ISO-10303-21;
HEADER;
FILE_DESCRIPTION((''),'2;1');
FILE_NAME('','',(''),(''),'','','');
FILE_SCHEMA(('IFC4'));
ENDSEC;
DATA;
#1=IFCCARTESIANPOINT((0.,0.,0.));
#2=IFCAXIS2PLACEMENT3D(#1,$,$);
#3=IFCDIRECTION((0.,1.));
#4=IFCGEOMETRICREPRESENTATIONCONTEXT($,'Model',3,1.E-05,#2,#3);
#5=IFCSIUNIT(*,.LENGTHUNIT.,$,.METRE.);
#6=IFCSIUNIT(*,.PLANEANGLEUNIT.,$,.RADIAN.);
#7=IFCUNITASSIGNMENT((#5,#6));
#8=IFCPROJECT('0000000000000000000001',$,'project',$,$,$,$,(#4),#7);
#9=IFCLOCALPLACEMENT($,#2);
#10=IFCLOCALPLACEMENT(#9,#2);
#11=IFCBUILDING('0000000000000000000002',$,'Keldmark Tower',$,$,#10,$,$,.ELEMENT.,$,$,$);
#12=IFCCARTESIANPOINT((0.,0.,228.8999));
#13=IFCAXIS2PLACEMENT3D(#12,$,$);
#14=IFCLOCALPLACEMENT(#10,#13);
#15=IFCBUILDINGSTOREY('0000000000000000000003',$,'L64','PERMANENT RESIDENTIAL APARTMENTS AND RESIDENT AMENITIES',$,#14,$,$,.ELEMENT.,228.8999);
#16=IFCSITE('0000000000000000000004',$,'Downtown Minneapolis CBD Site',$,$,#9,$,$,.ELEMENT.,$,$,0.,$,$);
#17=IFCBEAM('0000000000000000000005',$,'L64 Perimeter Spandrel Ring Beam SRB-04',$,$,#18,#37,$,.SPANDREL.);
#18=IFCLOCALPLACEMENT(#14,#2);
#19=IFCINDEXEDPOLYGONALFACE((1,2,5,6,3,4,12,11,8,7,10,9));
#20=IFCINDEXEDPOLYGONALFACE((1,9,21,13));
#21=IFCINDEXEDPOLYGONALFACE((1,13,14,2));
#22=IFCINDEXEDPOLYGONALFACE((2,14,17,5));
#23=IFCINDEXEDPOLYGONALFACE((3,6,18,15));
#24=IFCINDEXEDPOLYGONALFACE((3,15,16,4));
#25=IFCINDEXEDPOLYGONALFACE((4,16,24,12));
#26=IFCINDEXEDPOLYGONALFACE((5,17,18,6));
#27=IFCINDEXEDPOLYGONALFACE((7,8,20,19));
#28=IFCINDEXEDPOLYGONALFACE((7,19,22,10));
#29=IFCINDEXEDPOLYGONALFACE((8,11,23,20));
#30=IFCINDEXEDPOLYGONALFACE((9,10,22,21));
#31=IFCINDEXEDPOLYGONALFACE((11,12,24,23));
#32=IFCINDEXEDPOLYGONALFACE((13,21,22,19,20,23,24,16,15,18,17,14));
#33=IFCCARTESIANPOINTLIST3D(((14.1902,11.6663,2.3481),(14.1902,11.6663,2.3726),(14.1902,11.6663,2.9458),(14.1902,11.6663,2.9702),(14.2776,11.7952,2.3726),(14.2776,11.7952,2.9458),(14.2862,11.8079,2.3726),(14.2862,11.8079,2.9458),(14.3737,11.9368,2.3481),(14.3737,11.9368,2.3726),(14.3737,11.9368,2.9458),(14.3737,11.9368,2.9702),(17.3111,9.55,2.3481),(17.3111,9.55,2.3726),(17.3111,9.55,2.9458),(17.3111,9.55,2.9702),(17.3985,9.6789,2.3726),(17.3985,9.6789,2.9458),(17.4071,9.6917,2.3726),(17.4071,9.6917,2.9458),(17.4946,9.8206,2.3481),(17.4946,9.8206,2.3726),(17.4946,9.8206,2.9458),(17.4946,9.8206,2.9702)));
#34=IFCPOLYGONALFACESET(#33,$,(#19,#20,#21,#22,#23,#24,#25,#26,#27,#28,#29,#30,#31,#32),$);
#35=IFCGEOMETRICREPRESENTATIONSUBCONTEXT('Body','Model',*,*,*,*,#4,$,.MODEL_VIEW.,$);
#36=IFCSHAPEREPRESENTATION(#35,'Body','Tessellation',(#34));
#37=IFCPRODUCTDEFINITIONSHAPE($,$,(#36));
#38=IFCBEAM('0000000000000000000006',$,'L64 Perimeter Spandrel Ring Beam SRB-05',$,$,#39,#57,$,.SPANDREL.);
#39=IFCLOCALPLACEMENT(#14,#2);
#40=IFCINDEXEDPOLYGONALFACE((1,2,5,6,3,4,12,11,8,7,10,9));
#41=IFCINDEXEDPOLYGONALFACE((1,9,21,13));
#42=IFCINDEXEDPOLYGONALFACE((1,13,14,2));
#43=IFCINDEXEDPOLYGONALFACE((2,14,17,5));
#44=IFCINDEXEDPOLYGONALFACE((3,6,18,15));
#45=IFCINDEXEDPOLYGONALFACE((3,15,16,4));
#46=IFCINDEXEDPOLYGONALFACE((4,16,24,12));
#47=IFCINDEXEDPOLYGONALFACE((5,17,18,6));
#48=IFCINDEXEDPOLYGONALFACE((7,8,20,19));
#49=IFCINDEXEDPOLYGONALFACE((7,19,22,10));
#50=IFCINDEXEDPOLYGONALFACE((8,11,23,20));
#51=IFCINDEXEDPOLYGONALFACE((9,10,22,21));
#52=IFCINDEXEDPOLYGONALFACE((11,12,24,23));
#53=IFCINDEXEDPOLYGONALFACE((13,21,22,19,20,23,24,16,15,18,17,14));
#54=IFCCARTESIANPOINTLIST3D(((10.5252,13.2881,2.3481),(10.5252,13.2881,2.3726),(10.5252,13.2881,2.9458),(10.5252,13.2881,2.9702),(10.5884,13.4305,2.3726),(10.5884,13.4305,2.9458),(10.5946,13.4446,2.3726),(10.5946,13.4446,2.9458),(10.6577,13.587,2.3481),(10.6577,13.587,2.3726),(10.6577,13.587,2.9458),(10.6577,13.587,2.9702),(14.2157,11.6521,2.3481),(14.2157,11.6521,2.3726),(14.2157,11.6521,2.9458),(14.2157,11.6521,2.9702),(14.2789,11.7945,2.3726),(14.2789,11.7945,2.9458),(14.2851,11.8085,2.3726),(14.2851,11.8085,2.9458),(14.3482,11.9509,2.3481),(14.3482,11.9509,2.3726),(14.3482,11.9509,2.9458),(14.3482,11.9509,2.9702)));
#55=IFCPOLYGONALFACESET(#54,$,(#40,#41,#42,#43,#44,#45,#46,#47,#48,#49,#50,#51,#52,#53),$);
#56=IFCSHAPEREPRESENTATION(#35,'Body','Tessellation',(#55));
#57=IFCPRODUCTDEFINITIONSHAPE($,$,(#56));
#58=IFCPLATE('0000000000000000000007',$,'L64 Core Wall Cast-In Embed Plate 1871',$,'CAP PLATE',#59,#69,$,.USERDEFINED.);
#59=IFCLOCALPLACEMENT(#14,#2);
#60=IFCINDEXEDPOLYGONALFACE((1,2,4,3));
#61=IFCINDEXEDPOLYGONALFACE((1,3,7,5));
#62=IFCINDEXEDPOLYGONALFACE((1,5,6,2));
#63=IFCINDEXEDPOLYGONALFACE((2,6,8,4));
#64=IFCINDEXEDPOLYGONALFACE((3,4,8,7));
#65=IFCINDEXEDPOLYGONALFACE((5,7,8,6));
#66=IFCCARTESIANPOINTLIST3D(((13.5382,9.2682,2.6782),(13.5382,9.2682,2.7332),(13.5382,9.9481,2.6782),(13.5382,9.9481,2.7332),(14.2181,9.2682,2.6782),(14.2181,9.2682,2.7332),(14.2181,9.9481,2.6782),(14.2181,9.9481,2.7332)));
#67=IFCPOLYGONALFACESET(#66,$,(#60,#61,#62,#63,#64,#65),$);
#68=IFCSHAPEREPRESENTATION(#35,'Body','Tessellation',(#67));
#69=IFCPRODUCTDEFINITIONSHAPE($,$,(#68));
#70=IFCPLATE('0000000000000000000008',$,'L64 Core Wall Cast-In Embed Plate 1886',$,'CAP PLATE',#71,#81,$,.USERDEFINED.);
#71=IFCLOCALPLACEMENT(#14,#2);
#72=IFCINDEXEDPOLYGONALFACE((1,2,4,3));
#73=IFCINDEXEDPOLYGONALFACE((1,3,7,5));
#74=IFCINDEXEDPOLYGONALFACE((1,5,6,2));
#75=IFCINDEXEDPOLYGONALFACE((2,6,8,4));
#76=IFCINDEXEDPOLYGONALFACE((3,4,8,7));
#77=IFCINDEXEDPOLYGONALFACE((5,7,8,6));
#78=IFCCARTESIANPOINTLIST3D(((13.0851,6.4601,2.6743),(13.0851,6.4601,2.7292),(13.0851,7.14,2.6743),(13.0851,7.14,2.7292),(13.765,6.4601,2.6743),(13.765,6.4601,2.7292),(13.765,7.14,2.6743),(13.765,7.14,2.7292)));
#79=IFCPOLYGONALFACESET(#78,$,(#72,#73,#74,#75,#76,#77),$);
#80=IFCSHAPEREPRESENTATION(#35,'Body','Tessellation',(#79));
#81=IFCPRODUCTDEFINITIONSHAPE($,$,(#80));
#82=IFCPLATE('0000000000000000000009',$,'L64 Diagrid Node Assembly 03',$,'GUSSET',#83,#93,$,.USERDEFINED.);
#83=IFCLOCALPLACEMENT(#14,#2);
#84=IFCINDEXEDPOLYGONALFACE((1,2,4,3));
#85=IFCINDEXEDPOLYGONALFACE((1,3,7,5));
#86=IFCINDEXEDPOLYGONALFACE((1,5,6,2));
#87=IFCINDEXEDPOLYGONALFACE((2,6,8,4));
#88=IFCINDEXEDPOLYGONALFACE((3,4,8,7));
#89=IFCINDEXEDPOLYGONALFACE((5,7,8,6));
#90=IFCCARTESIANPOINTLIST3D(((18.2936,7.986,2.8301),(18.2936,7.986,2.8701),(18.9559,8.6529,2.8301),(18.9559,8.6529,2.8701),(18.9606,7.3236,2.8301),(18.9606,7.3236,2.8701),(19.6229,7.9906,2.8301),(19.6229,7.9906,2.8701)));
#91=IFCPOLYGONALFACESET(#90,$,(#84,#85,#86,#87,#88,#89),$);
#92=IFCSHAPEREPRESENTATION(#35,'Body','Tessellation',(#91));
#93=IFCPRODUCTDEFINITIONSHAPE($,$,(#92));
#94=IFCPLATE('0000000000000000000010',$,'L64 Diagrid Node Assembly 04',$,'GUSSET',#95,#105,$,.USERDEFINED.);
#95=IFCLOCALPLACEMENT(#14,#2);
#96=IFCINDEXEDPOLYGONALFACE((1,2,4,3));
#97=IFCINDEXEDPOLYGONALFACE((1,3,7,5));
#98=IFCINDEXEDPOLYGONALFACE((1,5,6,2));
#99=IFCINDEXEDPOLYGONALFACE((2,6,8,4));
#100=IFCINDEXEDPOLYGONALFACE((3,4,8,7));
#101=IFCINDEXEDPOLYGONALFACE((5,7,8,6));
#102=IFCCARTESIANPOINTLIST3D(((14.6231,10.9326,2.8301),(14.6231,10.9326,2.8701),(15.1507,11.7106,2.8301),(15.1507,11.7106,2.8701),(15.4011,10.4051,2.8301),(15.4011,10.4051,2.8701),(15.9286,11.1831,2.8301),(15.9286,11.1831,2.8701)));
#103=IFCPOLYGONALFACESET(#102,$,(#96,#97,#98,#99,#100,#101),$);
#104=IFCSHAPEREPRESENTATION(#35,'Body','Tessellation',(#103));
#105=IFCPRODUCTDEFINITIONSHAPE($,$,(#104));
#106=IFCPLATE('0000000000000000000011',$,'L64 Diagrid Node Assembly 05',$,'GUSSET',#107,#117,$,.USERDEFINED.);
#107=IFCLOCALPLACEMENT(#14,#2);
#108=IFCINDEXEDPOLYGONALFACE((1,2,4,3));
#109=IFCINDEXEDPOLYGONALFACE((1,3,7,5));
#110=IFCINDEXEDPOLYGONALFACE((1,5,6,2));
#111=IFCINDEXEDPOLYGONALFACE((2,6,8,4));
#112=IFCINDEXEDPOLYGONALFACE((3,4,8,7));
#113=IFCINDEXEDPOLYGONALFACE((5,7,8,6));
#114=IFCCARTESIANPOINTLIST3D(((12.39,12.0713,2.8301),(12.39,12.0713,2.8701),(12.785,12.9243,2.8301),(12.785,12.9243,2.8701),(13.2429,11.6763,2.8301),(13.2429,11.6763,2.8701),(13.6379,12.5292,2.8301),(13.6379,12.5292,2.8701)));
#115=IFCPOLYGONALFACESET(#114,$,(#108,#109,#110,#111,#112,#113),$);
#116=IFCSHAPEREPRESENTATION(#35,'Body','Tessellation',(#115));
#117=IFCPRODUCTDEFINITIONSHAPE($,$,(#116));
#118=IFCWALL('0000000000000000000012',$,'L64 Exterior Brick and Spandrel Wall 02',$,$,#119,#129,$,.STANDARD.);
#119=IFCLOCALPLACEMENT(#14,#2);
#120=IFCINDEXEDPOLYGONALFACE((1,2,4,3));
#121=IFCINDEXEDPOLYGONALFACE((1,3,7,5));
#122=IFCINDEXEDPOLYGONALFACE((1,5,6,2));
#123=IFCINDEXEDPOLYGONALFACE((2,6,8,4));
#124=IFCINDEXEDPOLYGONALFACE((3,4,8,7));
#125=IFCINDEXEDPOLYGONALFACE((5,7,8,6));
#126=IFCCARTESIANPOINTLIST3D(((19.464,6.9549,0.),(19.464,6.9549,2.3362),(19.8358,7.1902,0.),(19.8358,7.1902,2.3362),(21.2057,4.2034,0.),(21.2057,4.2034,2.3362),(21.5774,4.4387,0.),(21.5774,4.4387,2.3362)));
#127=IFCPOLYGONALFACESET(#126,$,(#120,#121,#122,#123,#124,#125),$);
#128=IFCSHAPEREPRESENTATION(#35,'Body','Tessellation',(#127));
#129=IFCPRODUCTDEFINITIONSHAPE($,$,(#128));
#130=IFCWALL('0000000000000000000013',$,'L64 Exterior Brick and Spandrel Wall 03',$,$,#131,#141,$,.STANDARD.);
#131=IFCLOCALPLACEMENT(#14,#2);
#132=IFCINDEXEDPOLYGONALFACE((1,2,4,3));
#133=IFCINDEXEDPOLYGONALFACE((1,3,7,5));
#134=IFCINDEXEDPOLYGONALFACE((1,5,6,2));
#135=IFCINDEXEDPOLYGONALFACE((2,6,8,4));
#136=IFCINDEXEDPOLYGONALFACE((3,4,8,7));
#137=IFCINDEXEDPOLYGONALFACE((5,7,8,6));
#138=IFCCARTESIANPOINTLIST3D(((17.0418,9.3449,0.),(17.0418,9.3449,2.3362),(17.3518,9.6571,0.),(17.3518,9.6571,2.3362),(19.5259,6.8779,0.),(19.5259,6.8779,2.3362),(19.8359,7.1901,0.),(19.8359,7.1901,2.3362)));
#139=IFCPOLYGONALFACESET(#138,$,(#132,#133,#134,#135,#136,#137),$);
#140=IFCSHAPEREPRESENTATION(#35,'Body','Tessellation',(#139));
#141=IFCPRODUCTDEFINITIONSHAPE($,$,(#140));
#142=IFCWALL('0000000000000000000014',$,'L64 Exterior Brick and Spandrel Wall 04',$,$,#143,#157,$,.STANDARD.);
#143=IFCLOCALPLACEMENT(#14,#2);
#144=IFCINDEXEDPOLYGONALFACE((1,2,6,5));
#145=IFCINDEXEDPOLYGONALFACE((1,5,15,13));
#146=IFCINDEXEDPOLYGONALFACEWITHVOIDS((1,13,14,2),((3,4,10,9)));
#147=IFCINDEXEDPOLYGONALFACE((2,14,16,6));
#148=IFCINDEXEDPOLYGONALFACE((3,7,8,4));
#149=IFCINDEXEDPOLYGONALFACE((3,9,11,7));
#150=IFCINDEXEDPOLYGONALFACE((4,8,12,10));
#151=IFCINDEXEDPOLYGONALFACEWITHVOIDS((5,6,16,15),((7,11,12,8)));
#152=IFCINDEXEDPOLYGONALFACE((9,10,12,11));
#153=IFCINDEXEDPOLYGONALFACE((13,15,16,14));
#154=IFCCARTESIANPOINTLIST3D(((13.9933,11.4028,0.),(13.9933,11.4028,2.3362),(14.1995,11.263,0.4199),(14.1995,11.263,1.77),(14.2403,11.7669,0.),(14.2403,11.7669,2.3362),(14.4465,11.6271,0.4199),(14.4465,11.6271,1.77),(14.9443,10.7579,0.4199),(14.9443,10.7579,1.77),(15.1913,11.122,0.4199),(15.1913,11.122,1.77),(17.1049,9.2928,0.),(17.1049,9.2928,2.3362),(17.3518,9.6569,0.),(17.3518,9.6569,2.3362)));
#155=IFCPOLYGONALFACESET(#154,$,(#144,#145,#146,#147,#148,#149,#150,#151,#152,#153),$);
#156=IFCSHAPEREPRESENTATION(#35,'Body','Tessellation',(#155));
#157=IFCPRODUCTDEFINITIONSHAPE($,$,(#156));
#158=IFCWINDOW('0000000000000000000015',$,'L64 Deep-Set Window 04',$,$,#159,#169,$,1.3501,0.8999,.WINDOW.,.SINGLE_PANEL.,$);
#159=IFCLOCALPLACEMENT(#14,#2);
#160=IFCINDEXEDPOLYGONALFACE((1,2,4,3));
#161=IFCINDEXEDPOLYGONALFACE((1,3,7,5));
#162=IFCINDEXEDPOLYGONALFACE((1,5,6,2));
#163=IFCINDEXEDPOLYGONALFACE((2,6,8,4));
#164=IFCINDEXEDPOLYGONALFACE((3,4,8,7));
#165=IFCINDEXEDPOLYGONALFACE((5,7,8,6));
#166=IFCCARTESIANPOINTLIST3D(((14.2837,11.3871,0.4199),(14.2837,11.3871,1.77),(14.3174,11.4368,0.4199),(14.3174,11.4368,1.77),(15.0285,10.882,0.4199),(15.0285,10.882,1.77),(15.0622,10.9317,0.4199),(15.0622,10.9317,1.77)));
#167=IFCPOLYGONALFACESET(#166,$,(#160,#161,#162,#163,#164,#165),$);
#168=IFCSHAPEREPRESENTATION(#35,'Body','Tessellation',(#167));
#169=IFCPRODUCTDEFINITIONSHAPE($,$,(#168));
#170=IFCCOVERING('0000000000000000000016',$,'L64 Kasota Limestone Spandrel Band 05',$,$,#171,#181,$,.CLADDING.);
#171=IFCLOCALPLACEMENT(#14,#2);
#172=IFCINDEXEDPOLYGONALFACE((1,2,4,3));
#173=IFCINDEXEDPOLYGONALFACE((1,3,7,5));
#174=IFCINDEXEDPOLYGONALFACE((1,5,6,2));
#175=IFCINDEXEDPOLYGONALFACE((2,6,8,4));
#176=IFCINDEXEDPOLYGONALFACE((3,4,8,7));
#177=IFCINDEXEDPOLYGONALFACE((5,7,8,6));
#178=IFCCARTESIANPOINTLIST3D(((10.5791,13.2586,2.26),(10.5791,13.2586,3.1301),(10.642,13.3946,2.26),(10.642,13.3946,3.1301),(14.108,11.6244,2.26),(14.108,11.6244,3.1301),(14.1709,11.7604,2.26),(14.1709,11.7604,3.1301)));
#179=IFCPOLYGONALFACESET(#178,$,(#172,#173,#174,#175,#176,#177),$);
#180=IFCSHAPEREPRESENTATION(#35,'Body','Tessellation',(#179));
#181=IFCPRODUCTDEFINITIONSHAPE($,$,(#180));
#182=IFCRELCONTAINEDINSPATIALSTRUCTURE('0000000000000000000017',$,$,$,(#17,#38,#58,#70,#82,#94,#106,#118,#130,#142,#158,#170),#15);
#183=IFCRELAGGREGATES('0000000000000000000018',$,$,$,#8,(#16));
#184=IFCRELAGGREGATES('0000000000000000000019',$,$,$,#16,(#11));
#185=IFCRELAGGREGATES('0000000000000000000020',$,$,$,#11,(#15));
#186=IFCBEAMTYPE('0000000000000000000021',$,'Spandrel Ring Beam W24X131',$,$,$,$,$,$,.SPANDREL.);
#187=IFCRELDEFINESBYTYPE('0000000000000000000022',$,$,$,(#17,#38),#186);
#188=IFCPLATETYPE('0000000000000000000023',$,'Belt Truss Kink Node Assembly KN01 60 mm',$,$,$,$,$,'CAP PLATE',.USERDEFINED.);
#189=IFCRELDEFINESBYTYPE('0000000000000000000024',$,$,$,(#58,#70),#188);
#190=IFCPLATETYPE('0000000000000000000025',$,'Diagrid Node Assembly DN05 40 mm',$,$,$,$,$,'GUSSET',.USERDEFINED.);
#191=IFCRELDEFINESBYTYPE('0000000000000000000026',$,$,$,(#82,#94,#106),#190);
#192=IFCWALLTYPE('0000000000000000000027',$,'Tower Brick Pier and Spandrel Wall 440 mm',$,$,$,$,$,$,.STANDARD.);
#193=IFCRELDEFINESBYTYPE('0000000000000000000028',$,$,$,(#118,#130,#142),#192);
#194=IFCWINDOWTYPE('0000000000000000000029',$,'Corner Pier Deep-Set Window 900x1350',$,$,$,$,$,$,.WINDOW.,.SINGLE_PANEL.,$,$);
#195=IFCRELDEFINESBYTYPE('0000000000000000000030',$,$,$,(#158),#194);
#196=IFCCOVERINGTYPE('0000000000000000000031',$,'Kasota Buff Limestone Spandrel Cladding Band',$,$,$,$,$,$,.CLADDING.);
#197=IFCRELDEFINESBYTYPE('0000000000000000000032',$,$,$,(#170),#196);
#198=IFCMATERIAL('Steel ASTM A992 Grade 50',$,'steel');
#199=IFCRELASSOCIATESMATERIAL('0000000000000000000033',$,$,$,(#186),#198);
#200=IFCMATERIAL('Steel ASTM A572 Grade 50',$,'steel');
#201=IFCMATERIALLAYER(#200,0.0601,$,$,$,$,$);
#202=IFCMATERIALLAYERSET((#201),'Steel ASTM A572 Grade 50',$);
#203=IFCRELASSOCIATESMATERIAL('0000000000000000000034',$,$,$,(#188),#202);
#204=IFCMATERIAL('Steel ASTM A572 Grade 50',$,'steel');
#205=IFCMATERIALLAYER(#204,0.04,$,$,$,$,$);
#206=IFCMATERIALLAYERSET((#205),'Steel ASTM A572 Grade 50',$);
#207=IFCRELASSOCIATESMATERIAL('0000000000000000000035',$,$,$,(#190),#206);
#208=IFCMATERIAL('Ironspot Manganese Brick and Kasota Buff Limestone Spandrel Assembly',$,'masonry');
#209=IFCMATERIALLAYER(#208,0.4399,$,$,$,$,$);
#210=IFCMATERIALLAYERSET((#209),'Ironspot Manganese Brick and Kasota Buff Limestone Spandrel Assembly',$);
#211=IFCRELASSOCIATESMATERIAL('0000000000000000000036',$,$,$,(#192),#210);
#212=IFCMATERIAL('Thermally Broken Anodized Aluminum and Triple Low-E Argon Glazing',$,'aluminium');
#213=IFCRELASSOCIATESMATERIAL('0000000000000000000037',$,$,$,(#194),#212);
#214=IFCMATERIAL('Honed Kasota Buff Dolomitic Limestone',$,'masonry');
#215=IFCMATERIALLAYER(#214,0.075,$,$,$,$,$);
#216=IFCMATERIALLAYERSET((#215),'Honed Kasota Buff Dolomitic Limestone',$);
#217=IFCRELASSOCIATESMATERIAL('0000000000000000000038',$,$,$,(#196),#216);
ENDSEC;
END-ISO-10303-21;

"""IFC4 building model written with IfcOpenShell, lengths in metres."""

from ifc_helpers import new_model, si_unit, direction, frame, frame_2d, origin, origin_2d, place, context, subcontext, project, spatial, rectangle, i_section, extrude, material, layer, layer_set, material_profile, profile_set, type_object, element, fill, save


model = new_model("IFC4")

# Units and contexts
model_context = context("Model", 3, precision=1e-05, world=origin(), true_north=direction((0.0, 1.0)))
body_context = subcontext(model_context, "Body", "Model", "MODEL_VIEW")
ifc_project = project(units=[si_unit("LENGTHUNIT", "METRE"), si_unit("PLANEANGLEUNIT", "RADIAN")], contexts=[model_context])

# Site, building, storey
site_placement = place(None, origin())
site = spatial("IfcSite", under=ifc_project, at=site_placement, Name="Downtown Minneapolis CBD Site", CompositionType="ELEMENT", RefElevation=0.0)
building_placement = place(site_placement, origin())
building = spatial("IfcBuilding", under=site, at=building_placement, Name="Keldmark Tower", CompositionType="ELEMENT")
storey_placement = place(building_placement, frame((0.0, 0.0, 228.8999)))
storey = spatial("IfcBuildingStorey", under=building, at=storey_placement, Name="L64", Description="PERMANENT RESIDENTIAL APARTMENTS AND RESIDENT AMENITIES", CompositionType="ELEMENT", Elevation=228.8999)

# Beams
ifc_material_1 = material(Name="Steel ASTM A992 Grade 50", Category="steel")
ifc_material_profile_1 = material_profile(ifc_material_1, i_section(OverallWidth=0.3269, OverallDepth=0.6221, WebThickness=0.0154, FlangeThickness=0.0244, at=origin_2d()), Name="W24X131")
ifc_profile_set_1 = profile_set([ifc_material_profile_1], Name="Steel ASTM A992 Grade 50")
beam_type_1 = type_object("IfcBeamType", Name="Spandrel Ring Beam W24X131", PredefinedType="SPANDREL", material=ifc_profile_set_1)
beam_1_placement = place(storey_placement, frame((17.4028, 9.6853, 2.6592), z_axis=(-0.827662, 0.561227, 0.0), x_axis=(-0.561227, -0.827662, 0.0)))
element("IfcBeam", 1, at=beam_1_placement, inside=storey, type_object=beam_type_1, Name="L64 Perimeter Spandrel Ring Beam SRB-04", PredefinedType="SPANDREL", context=body_context, shape_type="SweptSolid", body=[
    extrude(i_section(OverallWidth=0.3269, OverallDepth=0.6221, WebThickness=0.0154, FlangeThickness=0.0244, at=origin_2d()), origin(), (0.0, 0.0, 1.0), 3.7708),
])
beam_2_placement = place(storey_placement, frame((14.282, 11.8015, 2.6592), z_axis=(-0.914198, 0.405269, 0.0), x_axis=(-0.405269, -0.914198, 0.0)))
element("IfcBeam", 2, at=beam_2_placement, inside=storey, type_object=beam_type_1, Name="L64 Perimeter Spandrel Ring Beam SRB-05", PredefinedType="SPANDREL", context=body_context, shape_type="SweptSolid", body=[
    extrude(i_section(OverallWidth=0.3269, OverallDepth=0.6221, WebThickness=0.0154, FlangeThickness=0.0244, at=origin_2d()), origin(), (0.0, 0.0, 1.0), 4.0369),
])

# Plates
ifc_material_2 = material(Name="Steel ASTM A572 Grade 50", Category="steel")
ifc_layer_1 = layer(ifc_material_2, 0.0601)
ifc_layer_set_1 = layer_set([ifc_layer_1], Name="Steel ASTM A572 Grade 50")
plate_type_1 = type_object("IfcPlateType", Name="Belt Truss Kink Node Assembly KN01 60 mm", ElementType="CAP PLATE", PredefinedType="USERDEFINED", material=ifc_layer_set_1)
for number, where, z_axis, x_axis, name in (
    (3, (13.8782, 9.6082, 2.6782), (0.0, 0.0, 1.0), (1.0, 0.0, 0.0), "L64 Core Wall Cast-In Embed Plate 1871"),
    (4, (13.425, 6.8, 2.6743), (0.0, 0.0, 1.0), (1.0, 0.0, 0.0), "L64 Core Wall Cast-In Embed Plate 1886"),
):
    element("IfcPlate", number, at=place(storey_placement, frame(where, z_axis=z_axis, x_axis=x_axis)), inside=storey, type_object=plate_type_1, Name=name, ObjectType="CAP PLATE", PredefinedType="USERDEFINED", context=body_context, shape_type="SweptSolid", body=[
        extrude(rectangle(XDim=0.6799, YDim=0.6799, at=origin_2d()), origin(), (0.0, 0.0, 1.0), 0.0549),
    ])
ifc_material_3 = material(Name="Steel ASTM A572 Grade 50", Category="steel")
ifc_layer_2 = layer(ifc_material_3, 0.04)
ifc_layer_set_2 = layer_set([ifc_layer_2], Name="Steel ASTM A572 Grade 50")
plate_type_2 = type_object("IfcPlateType", Name="Diagrid Node Assembly DN05 40 mm", ElementType="GUSSET", PredefinedType="USERDEFINED", material=ifc_layer_set_2)
for number, where, z_axis, x_axis, name in (
    (5, (18.9583, 7.9883, 2.8301), (0.0, 0.0, 1.0), (-0.709571, 0.704634, 0.0), "L64 Diagrid Node Assembly 03"),
    (6, (15.2759, 11.0579, 2.8301), (0.0, 0.0, 1.0), (-0.827669, 0.561217, 0.0), "L64 Diagrid Node Assembly 04"),
    (7, (13.0139, 12.3003, 2.8301), (0.0, 0.0, 1.0), (-0.907411, 0.420244, 0.0), "L64 Diagrid Node Assembly 05"),
):
    element("IfcPlate", number, at=place(storey_placement, frame(where, z_axis=z_axis, x_axis=x_axis)), inside=storey, type_object=plate_type_2, Name=name, ObjectType="GUSSET", PredefinedType="USERDEFINED", context=body_context, shape_type="SweptSolid", body=[
        extrude(rectangle(XDim=0.9399, YDim=0.9399, at=origin_2d()), origin(), (0.0, 0.0, 1.0), 0.04),
    ])

# Walls
ifc_material_4 = material(Name="Ironspot Manganese Brick and Kasota Buff Limestone Spandrel Assembly", Category="masonry")
ifc_layer_3 = layer(ifc_material_4, 0.4399)
ifc_layer_set_3 = layer_set([ifc_layer_3], Name="Ironspot Manganese Brick and Kasota Buff Limestone Spandrel Assembly")
wall_type = type_object("IfcWallType", Name="Tower Brick Pier and Spandrel Wall 440 mm", PredefinedType="STANDARD", material=ifc_layer_set_3)
wall_1_placement = place(storey_placement, frame((19.6499, 7.0725, 0.0), z_axis=(0.0, 0.0, 1.0), x_axis=(0.534856, -0.844943, 0.0)))
element("IfcWall", 8, at=wall_1_placement, inside=storey, type_object=wall_type, Name="L64 Exterior Brick and Spandrel Wall 02", PredefinedType="STANDARD", context=body_context, shape_type="SweptSolid", body=[
    extrude(rectangle(XDim=3.2563, YDim=0.4399, at=frame_2d((1.6282, 0.0))), origin(), (0.0, 0.0, 1.0), 2.3362),
])
wall_2_placement = place(storey_placement, frame((17.1968, 9.501, 0.0), z_axis=(0.0, 0.0, 1.0), x_axis=(0.709543, -0.704662, 0.0)))
element("IfcWall", 9, at=wall_2_placement, inside=storey, type_object=wall_type, Name="L64 Exterior Brick and Spandrel Wall 03", PredefinedType="STANDARD", context=body_context, shape_type="SweptSolid", body=[
    extrude(rectangle(XDim=3.501, YDim=0.4399, at=frame_2d((1.7505, 0.0))), origin(), (0.0, 0.0, 1.0), 2.3362),
])

# Wall, opening, window
wall_3_placement = place(storey_placement, frame((14.1167, 11.585, 0.0), z_axis=(0.0, 0.0, 1.0), x_axis=(0.827638, -0.561262, 0.0)))
wall_3 = element("IfcWall", 10, at=wall_3_placement, inside=storey, type_object=wall_type, Name="L64 Exterior Brick and Spandrel Wall 04", PredefinedType="STANDARD", context=body_context, shape_type="SweptSolid", body=[
    extrude(rectangle(XDim=3.7595, YDim=0.4399, at=frame_2d((1.8799, 0.0))), origin(), (0.0, 0.0, 1.0), 2.3362),
])
opening_placement = place(wall_3_placement, frame((0.2493, 0.0, 0.4199)))
opening = element("IfcOpeningElement", 11, at=opening_placement, cuts=wall_3, PredefinedType="OPENING", context=body_context, shape_type="SweptSolid", body=[
    extrude(rectangle(XDim=0.8999, YDim=1.3501, at=frame_2d((0.45, 0.675))), frame((0.0, 0.23, 0.0), z_axis=(0.0, -1.0, 0.0), x_axis=(1.0, 0.0, 0.0)), (0.0, 0.0, 1.0), 0.46),
])
ifc_material_5 = material(Name="Thermally Broken Anodized Aluminum and Triple Low-E Argon Glazing", Category="aluminium")
window_type = type_object("IfcWindowType", Name="Corner Pier Deep-Set Window 900x1350", PartitioningType="SINGLE_PANEL", PredefinedType="WINDOW", material=ifc_material_5)
window_placement = place(opening_placement, origin())
window = element("IfcWindow", 12, at=window_placement, inside=storey, type_object=window_type, Name="L64 Deep-Set Window 04", OverallHeight=1.3501, OverallWidth=0.8999, PartitioningType="SINGLE_PANEL", PredefinedType="WINDOW", context=body_context, shape_type="SweptSolid", body=[
    extrude(rectangle(XDim=0.8999, YDim=1.3501, at=frame_2d((0.45, 0.675))), frame((0.0, -0.01, 0.0), z_axis=(0.0, -1.0, 0.0), x_axis=(1.0, 0.0, 0.0)), (0.0, 0.0, 1.0), 0.0601),
])
fill(opening, window)

# Covering
ifc_material_6 = material(Name="Honed Kasota Buff Dolomitic Limestone", Category="masonry")
ifc_layer_4 = layer(ifc_material_6, 0.075)
ifc_layer_set_4 = layer_set([ifc_layer_4], Name="Honed Kasota Buff Dolomitic Limestone")
covering_type = type_object("IfcCoveringType", Name="Kasota Buff Limestone Spandrel Cladding Band", PredefinedType="CLADDING", material=ifc_layer_set_4)
covering_placement = place(storey_placement, frame((12.375, 12.5095, 2.26), z_axis=(0.0, 0.0, 1.0), x_axis=(-0.907426, 0.420212, 0.0)))
element("IfcCovering", 13, at=covering_placement, inside=storey, type_object=covering_type, Name="L64 Kasota Limestone Spandrel Band 05", PredefinedType="CLADDING", context=body_context, shape_type="SweptSolid", body=[
    extrude(rectangle(XDim=3.8889, YDim=0.1499, at=origin_2d()), origin(), (0.0, 0.0, 1.0), 0.8701),
])

save(model, "model.ifc")
